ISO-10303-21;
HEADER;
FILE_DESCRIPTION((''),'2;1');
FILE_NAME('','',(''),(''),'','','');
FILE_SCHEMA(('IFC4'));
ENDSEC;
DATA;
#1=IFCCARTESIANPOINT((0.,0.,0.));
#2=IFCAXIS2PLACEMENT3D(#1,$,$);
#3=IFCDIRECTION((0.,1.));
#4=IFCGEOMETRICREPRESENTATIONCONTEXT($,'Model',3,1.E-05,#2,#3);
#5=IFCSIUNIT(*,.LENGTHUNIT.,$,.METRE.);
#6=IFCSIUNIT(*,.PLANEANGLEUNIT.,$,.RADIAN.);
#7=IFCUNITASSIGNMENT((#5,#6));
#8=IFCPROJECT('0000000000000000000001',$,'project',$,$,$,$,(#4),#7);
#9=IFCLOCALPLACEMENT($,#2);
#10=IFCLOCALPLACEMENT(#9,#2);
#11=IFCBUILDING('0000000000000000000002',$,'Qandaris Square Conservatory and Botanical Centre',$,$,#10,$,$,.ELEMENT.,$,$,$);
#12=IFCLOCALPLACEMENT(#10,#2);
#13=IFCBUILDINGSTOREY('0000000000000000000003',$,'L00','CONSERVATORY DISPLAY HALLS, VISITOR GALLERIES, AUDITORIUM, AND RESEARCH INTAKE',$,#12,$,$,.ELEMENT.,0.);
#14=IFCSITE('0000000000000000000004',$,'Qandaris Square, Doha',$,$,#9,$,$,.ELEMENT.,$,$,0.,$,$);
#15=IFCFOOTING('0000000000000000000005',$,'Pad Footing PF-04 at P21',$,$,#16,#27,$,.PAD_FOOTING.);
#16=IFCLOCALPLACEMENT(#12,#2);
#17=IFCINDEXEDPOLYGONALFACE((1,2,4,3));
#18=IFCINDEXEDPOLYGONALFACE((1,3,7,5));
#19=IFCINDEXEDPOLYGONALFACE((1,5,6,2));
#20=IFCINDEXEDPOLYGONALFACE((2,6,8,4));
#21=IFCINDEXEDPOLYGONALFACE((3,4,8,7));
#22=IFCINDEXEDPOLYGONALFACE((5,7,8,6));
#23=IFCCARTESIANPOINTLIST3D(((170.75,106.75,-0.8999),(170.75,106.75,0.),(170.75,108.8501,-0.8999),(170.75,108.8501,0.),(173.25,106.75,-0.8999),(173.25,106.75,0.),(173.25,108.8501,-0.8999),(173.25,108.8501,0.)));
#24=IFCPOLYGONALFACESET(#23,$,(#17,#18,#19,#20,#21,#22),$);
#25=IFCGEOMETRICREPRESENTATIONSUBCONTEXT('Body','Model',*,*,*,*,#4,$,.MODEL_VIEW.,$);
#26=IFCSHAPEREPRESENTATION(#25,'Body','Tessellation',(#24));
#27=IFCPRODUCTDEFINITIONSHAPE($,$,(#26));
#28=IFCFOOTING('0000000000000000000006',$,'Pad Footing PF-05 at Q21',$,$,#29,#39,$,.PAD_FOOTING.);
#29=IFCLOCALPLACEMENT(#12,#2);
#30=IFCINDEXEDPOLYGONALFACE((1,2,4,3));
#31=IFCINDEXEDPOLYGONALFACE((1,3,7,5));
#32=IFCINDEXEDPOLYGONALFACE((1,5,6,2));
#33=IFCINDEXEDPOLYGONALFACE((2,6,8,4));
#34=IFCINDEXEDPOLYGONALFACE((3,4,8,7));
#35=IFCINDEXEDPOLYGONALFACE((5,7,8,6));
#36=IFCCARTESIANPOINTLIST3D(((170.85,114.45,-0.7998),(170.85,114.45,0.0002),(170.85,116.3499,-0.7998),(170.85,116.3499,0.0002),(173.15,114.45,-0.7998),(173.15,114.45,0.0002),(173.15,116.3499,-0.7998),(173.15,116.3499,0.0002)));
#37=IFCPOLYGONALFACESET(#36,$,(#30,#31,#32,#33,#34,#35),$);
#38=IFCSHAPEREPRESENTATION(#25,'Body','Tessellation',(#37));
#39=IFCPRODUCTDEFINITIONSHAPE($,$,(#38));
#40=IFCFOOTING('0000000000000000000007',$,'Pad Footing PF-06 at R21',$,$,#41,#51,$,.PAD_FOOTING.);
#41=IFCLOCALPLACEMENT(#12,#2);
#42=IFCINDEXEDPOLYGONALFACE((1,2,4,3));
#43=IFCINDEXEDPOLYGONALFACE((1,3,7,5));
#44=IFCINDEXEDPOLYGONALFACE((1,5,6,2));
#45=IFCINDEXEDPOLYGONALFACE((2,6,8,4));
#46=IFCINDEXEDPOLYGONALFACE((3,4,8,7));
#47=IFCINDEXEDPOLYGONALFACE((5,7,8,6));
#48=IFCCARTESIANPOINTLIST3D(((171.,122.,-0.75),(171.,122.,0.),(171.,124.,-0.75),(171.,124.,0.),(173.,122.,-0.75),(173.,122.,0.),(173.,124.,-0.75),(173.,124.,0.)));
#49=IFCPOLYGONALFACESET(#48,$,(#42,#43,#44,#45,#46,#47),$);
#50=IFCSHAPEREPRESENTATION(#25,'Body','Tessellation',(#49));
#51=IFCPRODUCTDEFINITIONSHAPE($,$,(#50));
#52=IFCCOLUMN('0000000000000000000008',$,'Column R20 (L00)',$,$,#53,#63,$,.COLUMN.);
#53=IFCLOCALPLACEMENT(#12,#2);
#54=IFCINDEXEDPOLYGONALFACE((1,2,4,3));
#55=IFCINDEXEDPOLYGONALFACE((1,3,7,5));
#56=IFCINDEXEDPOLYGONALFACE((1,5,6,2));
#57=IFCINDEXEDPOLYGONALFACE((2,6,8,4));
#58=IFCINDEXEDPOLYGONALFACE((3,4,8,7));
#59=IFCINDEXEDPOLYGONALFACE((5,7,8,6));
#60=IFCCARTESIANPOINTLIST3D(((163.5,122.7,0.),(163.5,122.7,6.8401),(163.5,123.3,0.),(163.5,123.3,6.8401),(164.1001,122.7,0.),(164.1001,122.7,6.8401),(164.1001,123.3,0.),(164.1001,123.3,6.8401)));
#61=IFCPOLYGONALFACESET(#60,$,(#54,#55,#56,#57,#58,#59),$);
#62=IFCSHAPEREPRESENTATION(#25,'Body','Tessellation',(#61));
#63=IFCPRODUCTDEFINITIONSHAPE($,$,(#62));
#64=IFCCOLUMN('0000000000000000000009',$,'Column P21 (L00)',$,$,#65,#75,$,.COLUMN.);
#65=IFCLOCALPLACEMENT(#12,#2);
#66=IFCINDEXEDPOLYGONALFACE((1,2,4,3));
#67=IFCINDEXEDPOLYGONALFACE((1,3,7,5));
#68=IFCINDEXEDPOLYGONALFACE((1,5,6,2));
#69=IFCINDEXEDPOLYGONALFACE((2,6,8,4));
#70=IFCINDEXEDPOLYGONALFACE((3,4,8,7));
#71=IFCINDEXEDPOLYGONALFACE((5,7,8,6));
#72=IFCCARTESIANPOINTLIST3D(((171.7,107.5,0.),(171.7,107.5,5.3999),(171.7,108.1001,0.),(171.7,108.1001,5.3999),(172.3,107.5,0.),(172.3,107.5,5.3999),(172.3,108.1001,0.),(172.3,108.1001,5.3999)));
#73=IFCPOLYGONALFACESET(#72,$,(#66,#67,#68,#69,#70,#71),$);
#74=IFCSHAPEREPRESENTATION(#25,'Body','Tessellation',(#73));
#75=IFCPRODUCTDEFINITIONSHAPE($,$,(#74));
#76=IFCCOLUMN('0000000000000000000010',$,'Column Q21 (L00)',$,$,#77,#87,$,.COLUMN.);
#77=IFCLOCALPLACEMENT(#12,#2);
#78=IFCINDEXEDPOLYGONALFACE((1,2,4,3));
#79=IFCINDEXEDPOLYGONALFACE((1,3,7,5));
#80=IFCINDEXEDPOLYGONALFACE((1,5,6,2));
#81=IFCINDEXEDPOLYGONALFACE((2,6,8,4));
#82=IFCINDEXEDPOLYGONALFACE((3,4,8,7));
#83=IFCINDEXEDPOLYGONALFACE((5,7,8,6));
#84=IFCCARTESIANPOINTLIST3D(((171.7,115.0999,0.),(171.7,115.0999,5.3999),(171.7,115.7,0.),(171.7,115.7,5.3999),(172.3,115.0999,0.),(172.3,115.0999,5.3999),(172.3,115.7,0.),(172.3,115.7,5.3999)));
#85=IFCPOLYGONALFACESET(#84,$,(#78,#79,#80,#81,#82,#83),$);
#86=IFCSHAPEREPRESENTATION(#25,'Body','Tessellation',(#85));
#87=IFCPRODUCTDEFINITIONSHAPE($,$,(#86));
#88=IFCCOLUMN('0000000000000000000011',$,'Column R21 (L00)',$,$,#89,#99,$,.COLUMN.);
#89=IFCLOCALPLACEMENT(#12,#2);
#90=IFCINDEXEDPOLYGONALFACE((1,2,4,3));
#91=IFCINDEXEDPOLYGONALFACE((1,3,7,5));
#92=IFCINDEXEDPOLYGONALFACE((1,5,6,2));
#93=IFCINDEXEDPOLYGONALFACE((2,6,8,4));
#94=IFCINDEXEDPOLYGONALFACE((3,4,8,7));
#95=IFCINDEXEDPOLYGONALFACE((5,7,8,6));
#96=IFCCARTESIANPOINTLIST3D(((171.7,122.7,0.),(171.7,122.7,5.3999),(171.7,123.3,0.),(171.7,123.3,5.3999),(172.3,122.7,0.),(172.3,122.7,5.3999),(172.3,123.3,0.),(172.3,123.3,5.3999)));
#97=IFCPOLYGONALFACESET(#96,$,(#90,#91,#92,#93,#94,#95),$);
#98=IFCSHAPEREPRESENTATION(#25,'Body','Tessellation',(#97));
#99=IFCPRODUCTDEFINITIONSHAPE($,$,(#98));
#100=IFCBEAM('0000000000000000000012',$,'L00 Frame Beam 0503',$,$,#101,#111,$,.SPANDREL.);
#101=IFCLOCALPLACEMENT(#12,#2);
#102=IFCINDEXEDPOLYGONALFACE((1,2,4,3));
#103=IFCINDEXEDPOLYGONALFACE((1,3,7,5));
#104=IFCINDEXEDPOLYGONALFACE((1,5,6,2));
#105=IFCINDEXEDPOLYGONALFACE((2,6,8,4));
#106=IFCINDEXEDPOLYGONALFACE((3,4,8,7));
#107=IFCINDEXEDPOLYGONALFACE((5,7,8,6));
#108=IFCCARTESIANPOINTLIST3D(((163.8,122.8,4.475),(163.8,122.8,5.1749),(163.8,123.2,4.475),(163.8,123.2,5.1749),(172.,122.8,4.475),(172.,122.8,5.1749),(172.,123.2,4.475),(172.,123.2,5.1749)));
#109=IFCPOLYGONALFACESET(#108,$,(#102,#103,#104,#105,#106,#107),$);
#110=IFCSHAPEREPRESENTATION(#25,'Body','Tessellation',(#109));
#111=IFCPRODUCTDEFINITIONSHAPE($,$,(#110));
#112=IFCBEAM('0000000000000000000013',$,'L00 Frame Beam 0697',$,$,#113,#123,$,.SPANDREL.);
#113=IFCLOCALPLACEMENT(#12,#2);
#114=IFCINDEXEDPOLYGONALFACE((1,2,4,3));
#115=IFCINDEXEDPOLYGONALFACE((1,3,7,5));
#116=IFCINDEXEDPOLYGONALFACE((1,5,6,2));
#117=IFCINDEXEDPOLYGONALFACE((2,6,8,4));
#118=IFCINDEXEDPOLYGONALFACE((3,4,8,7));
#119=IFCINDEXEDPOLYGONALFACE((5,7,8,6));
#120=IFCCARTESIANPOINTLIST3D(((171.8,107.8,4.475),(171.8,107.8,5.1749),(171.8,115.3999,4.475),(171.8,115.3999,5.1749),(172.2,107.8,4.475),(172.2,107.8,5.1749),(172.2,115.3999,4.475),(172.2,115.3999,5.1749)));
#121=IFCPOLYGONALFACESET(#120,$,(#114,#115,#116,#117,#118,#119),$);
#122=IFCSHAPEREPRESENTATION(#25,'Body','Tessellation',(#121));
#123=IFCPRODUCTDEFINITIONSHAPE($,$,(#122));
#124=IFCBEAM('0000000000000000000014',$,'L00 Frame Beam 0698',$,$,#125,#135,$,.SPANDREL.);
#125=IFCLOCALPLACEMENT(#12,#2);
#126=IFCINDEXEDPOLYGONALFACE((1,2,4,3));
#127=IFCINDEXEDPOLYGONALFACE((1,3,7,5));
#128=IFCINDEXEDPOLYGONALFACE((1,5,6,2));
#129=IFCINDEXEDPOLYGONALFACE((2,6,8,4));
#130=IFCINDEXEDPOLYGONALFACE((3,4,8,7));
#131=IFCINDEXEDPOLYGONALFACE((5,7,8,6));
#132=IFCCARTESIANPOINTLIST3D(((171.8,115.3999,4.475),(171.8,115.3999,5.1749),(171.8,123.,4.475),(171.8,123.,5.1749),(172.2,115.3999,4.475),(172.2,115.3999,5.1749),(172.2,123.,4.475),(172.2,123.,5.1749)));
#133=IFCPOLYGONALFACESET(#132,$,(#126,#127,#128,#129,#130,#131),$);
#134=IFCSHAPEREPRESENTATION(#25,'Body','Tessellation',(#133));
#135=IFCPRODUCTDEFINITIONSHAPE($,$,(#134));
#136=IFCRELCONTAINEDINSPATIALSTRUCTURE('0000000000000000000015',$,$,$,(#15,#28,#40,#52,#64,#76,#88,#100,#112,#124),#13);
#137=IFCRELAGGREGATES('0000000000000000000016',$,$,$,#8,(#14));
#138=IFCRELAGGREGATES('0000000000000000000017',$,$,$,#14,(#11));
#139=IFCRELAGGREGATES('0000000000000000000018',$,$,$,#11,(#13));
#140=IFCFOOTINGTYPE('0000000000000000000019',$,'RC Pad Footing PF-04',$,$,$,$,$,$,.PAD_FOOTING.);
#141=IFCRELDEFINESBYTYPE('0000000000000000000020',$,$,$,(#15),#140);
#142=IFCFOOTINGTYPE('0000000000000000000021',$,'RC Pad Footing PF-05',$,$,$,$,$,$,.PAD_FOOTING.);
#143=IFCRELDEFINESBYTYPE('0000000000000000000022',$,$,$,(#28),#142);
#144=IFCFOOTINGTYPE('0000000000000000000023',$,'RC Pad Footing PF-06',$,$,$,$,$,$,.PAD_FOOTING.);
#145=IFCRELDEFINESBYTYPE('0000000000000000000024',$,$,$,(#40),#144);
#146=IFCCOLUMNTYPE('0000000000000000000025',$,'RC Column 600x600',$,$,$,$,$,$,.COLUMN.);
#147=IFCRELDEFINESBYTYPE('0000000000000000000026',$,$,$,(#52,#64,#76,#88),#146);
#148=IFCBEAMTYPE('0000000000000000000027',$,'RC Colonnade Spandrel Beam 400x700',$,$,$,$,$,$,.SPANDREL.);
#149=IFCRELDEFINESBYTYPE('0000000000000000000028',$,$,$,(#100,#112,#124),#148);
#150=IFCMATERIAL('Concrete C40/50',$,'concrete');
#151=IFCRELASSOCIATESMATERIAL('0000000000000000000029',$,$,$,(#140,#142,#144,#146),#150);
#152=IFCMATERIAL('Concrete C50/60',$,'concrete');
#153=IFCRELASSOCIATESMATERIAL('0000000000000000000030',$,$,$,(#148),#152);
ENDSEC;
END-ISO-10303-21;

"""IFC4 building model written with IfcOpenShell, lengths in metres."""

from ifc_helpers import new_model, si_unit, direction, frame, origin, origin_2d, place, context, subcontext, project, spatial, rectangle, extrude, material, material_profile, profile_set, type_object, element, save


model = new_model("IFC4")

# Units and contexts
model_context = context("Model", 3, precision=1e-05, world=origin(), true_north=direction((0.0, 1.0)))
body_context = subcontext(model_context, "Body", "Model", "MODEL_VIEW")
ifc_project = project(units=[si_unit("LENGTHUNIT", "METRE"), si_unit("PLANEANGLEUNIT", "RADIAN")], contexts=[model_context])

# Site, building, storey
site_placement = place(None, origin())
site = spatial("IfcSite", under=ifc_project, at=site_placement, Name="Qandaris Square, Doha", CompositionType="ELEMENT", RefElevation=0.0)
building_placement = place(site_placement, origin())
building = spatial("IfcBuilding", under=site, at=building_placement, Name="Qandaris Square Conservatory and Botanical Centre", CompositionType="ELEMENT")
storey_placement = place(building_placement, origin())
storey = spatial("IfcBuildingStorey", under=building, at=storey_placement, Name="L00", Description="CONSERVATORY DISPLAY HALLS, VISITOR GALLERIES, AUDITORIUM, AND RESEARCH INTAKE", CompositionType="ELEMENT", Elevation=0.0)

# Shared definitions
ifc_material_1 = material(Name="Concrete C50/60", Category="concrete")

# Footings
ifc_material_2 = material(Name="Concrete C40/50", Category="concrete")
footing_type_1 = type_object("IfcFootingType", Name="RC Pad Footing PF-04", PredefinedType="PAD_FOOTING", material=ifc_material_2)
footing_1_placement = place(storey_placement, frame((172.0, 107.8, -0.8999), z_axis=(0.0, 0.0, 1.0), x_axis=(1.0, 0.0, 0.0)))
element("IfcFooting", 1, at=footing_1_placement, inside=storey, type_object=footing_type_1, Name="Pad Footing PF-04 at P21", PredefinedType="PAD_FOOTING", context=body_context, shape_type="SweptSolid", body=[
    extrude(rectangle(XDim=2.5, YDim=2.1001, at=origin_2d()), origin(), (0.0, 0.0, 1.0), 0.8999),
])
footing_type_2 = type_object("IfcFootingType", Name="RC Pad Footing PF-05", PredefinedType="PAD_FOOTING", material=ifc_material_2)
footing_2_placement = place(storey_placement, frame((172.0, 115.3999, -0.7998), z_axis=(0.0, 0.0, 1.0), x_axis=(1.0, 0.0, 0.0)))
element("IfcFooting", 2, at=footing_2_placement, inside=storey, type_object=footing_type_2, Name="Pad Footing PF-05 at Q21", PredefinedType="PAD_FOOTING", context=body_context, shape_type="SweptSolid", body=[
    extrude(rectangle(XDim=2.3, YDim=1.8999, at=origin_2d()), origin(), (0.0, 0.0, 1.0), 0.8),
])
footing_type_3 = type_object("IfcFootingType", Name="RC Pad Footing PF-06", PredefinedType="PAD_FOOTING", material=ifc_material_2)
footing_3_placement = place(storey_placement, frame((172.0, 123.0, -0.75), z_axis=(0.0, 0.0, 1.0), x_axis=(1.0, 0.0, 0.0)))
element("IfcFooting", 3, at=footing_3_placement, inside=storey, type_object=footing_type_3, Name="Pad Footing PF-06 at R21", PredefinedType="PAD_FOOTING", context=body_context, shape_type="SweptSolid", body=[
    extrude(rectangle(XDim=2.0, YDim=2.0, at=origin_2d()), origin(), (0.0, 0.0, 1.0), 0.75),
])

# Columns
ifc_material_profile_1 = material_profile(ifc_material_2, rectangle(XDim=0.6001, YDim=0.6001, at=origin_2d()), Name="RC-COL 600x600")
ifc_profile_set_1 = profile_set([ifc_material_profile_1], Name="Concrete C40/50")
column_type = type_object("IfcColumnType", Name="RC Column 600x600", PredefinedType="COLUMN", material=ifc_profile_set_1)
column_placement = place(storey_placement, frame((163.8, 123.0, 0.0), z_axis=(0.0, 0.0, 1.0), x_axis=(1.0, 0.0, 0.0)))
element("IfcColumn", 4, at=column_placement, inside=storey, type_object=column_type, Name="Column R20 (L00)", PredefinedType="COLUMN", context=body_context, shape_type="SweptSolid", body=[
    extrude(rectangle(XDim=0.6001, YDim=0.6001, at=origin_2d()), origin(), (0.0, 0.0, 1.0), 6.8401),
])
for number, where, z_axis, x_axis, name in (
    (5, (172.0, 107.8, 0.0), (0.0, 0.0, 1.0), (1.0, 0.0, 0.0), "Column P21 (L00)"),
    (6, (172.0, 115.3999, 0.0), (0.0, 0.0, 1.0), (1.0, 0.0, 0.0), "Column Q21 (L00)"),
    (7, (172.0, 123.0, 0.0), (0.0, 0.0, 1.0), (1.0, 0.0, 0.0), "Column R21 (L00)"),
):
    element("IfcColumn", number, at=place(storey_placement, frame(where, z_axis=z_axis, x_axis=x_axis)), inside=storey, type_object=column_type, Name=name, PredefinedType="COLUMN", context=body_context, shape_type="SweptSolid", body=[
        extrude(rectangle(XDim=0.6001, YDim=0.6001, at=origin_2d()), origin(), (0.0, 0.0, 1.0), 5.3999),
    ])

# Beams
ifc_material_profile_2 = material_profile(ifc_material_1, rectangle(XDim=0.3999, YDim=0.7, at=origin_2d()), Name="RC-SP 400x700")
ifc_profile_set_2 = profile_set([ifc_material_profile_2], Name="Concrete C50/60")
beam_type = type_object("IfcBeamType", Name="RC Colonnade Spandrel Beam 400x700", PredefinedType="SPANDREL", material=ifc_profile_set_2)
beam_1_placement = place(storey_placement, frame((163.8, 123.0, 4.825), z_axis=(1.0, 0.0, 0.0), x_axis=(0.0, 1.0, 0.0)))
element("IfcBeam", 8, at=beam_1_placement, inside=storey, type_object=beam_type, Name="L00 Frame Beam 0503", PredefinedType="SPANDREL", context=body_context, shape_type="SweptSolid", body=[
    extrude(rectangle(XDim=0.3999, YDim=0.7, at=origin_2d()), origin(), (0.0, 0.0, 1.0), 8.2),
])
beam_2_placement = place(storey_placement, frame((172.0, 107.8, 4.825), z_axis=(0.0, 1.0, 0.0), x_axis=(-1.0, 0.0, 0.0)))
element("IfcBeam", 9, at=beam_2_placement, inside=storey, type_object=beam_type, Name="L00 Frame Beam 0697", PredefinedType="SPANDREL", context=body_context, shape_type="SweptSolid", body=[
    extrude(rectangle(XDim=0.3999, YDim=0.7, at=origin_2d()), origin(), (0.0, 0.0, 1.0), 7.5999),
])
beam_3_placement = place(storey_placement, frame((172.0, 115.3999, 4.825), z_axis=(0.0, 1.0, 0.0), x_axis=(-1.0, 0.0, 0.0)))
element("IfcBeam", 10, at=beam_3_placement, inside=storey, type_object=beam_type, Name="L00 Frame Beam 0698", PredefinedType="SPANDREL", context=body_context, shape_type="SweptSolid", body=[
    extrude(rectangle(XDim=0.3999, YDim=0.7, at=origin_2d()), origin(), (0.0, 0.0, 1.0), 7.6001),
])

save(model, "model.ifc")
